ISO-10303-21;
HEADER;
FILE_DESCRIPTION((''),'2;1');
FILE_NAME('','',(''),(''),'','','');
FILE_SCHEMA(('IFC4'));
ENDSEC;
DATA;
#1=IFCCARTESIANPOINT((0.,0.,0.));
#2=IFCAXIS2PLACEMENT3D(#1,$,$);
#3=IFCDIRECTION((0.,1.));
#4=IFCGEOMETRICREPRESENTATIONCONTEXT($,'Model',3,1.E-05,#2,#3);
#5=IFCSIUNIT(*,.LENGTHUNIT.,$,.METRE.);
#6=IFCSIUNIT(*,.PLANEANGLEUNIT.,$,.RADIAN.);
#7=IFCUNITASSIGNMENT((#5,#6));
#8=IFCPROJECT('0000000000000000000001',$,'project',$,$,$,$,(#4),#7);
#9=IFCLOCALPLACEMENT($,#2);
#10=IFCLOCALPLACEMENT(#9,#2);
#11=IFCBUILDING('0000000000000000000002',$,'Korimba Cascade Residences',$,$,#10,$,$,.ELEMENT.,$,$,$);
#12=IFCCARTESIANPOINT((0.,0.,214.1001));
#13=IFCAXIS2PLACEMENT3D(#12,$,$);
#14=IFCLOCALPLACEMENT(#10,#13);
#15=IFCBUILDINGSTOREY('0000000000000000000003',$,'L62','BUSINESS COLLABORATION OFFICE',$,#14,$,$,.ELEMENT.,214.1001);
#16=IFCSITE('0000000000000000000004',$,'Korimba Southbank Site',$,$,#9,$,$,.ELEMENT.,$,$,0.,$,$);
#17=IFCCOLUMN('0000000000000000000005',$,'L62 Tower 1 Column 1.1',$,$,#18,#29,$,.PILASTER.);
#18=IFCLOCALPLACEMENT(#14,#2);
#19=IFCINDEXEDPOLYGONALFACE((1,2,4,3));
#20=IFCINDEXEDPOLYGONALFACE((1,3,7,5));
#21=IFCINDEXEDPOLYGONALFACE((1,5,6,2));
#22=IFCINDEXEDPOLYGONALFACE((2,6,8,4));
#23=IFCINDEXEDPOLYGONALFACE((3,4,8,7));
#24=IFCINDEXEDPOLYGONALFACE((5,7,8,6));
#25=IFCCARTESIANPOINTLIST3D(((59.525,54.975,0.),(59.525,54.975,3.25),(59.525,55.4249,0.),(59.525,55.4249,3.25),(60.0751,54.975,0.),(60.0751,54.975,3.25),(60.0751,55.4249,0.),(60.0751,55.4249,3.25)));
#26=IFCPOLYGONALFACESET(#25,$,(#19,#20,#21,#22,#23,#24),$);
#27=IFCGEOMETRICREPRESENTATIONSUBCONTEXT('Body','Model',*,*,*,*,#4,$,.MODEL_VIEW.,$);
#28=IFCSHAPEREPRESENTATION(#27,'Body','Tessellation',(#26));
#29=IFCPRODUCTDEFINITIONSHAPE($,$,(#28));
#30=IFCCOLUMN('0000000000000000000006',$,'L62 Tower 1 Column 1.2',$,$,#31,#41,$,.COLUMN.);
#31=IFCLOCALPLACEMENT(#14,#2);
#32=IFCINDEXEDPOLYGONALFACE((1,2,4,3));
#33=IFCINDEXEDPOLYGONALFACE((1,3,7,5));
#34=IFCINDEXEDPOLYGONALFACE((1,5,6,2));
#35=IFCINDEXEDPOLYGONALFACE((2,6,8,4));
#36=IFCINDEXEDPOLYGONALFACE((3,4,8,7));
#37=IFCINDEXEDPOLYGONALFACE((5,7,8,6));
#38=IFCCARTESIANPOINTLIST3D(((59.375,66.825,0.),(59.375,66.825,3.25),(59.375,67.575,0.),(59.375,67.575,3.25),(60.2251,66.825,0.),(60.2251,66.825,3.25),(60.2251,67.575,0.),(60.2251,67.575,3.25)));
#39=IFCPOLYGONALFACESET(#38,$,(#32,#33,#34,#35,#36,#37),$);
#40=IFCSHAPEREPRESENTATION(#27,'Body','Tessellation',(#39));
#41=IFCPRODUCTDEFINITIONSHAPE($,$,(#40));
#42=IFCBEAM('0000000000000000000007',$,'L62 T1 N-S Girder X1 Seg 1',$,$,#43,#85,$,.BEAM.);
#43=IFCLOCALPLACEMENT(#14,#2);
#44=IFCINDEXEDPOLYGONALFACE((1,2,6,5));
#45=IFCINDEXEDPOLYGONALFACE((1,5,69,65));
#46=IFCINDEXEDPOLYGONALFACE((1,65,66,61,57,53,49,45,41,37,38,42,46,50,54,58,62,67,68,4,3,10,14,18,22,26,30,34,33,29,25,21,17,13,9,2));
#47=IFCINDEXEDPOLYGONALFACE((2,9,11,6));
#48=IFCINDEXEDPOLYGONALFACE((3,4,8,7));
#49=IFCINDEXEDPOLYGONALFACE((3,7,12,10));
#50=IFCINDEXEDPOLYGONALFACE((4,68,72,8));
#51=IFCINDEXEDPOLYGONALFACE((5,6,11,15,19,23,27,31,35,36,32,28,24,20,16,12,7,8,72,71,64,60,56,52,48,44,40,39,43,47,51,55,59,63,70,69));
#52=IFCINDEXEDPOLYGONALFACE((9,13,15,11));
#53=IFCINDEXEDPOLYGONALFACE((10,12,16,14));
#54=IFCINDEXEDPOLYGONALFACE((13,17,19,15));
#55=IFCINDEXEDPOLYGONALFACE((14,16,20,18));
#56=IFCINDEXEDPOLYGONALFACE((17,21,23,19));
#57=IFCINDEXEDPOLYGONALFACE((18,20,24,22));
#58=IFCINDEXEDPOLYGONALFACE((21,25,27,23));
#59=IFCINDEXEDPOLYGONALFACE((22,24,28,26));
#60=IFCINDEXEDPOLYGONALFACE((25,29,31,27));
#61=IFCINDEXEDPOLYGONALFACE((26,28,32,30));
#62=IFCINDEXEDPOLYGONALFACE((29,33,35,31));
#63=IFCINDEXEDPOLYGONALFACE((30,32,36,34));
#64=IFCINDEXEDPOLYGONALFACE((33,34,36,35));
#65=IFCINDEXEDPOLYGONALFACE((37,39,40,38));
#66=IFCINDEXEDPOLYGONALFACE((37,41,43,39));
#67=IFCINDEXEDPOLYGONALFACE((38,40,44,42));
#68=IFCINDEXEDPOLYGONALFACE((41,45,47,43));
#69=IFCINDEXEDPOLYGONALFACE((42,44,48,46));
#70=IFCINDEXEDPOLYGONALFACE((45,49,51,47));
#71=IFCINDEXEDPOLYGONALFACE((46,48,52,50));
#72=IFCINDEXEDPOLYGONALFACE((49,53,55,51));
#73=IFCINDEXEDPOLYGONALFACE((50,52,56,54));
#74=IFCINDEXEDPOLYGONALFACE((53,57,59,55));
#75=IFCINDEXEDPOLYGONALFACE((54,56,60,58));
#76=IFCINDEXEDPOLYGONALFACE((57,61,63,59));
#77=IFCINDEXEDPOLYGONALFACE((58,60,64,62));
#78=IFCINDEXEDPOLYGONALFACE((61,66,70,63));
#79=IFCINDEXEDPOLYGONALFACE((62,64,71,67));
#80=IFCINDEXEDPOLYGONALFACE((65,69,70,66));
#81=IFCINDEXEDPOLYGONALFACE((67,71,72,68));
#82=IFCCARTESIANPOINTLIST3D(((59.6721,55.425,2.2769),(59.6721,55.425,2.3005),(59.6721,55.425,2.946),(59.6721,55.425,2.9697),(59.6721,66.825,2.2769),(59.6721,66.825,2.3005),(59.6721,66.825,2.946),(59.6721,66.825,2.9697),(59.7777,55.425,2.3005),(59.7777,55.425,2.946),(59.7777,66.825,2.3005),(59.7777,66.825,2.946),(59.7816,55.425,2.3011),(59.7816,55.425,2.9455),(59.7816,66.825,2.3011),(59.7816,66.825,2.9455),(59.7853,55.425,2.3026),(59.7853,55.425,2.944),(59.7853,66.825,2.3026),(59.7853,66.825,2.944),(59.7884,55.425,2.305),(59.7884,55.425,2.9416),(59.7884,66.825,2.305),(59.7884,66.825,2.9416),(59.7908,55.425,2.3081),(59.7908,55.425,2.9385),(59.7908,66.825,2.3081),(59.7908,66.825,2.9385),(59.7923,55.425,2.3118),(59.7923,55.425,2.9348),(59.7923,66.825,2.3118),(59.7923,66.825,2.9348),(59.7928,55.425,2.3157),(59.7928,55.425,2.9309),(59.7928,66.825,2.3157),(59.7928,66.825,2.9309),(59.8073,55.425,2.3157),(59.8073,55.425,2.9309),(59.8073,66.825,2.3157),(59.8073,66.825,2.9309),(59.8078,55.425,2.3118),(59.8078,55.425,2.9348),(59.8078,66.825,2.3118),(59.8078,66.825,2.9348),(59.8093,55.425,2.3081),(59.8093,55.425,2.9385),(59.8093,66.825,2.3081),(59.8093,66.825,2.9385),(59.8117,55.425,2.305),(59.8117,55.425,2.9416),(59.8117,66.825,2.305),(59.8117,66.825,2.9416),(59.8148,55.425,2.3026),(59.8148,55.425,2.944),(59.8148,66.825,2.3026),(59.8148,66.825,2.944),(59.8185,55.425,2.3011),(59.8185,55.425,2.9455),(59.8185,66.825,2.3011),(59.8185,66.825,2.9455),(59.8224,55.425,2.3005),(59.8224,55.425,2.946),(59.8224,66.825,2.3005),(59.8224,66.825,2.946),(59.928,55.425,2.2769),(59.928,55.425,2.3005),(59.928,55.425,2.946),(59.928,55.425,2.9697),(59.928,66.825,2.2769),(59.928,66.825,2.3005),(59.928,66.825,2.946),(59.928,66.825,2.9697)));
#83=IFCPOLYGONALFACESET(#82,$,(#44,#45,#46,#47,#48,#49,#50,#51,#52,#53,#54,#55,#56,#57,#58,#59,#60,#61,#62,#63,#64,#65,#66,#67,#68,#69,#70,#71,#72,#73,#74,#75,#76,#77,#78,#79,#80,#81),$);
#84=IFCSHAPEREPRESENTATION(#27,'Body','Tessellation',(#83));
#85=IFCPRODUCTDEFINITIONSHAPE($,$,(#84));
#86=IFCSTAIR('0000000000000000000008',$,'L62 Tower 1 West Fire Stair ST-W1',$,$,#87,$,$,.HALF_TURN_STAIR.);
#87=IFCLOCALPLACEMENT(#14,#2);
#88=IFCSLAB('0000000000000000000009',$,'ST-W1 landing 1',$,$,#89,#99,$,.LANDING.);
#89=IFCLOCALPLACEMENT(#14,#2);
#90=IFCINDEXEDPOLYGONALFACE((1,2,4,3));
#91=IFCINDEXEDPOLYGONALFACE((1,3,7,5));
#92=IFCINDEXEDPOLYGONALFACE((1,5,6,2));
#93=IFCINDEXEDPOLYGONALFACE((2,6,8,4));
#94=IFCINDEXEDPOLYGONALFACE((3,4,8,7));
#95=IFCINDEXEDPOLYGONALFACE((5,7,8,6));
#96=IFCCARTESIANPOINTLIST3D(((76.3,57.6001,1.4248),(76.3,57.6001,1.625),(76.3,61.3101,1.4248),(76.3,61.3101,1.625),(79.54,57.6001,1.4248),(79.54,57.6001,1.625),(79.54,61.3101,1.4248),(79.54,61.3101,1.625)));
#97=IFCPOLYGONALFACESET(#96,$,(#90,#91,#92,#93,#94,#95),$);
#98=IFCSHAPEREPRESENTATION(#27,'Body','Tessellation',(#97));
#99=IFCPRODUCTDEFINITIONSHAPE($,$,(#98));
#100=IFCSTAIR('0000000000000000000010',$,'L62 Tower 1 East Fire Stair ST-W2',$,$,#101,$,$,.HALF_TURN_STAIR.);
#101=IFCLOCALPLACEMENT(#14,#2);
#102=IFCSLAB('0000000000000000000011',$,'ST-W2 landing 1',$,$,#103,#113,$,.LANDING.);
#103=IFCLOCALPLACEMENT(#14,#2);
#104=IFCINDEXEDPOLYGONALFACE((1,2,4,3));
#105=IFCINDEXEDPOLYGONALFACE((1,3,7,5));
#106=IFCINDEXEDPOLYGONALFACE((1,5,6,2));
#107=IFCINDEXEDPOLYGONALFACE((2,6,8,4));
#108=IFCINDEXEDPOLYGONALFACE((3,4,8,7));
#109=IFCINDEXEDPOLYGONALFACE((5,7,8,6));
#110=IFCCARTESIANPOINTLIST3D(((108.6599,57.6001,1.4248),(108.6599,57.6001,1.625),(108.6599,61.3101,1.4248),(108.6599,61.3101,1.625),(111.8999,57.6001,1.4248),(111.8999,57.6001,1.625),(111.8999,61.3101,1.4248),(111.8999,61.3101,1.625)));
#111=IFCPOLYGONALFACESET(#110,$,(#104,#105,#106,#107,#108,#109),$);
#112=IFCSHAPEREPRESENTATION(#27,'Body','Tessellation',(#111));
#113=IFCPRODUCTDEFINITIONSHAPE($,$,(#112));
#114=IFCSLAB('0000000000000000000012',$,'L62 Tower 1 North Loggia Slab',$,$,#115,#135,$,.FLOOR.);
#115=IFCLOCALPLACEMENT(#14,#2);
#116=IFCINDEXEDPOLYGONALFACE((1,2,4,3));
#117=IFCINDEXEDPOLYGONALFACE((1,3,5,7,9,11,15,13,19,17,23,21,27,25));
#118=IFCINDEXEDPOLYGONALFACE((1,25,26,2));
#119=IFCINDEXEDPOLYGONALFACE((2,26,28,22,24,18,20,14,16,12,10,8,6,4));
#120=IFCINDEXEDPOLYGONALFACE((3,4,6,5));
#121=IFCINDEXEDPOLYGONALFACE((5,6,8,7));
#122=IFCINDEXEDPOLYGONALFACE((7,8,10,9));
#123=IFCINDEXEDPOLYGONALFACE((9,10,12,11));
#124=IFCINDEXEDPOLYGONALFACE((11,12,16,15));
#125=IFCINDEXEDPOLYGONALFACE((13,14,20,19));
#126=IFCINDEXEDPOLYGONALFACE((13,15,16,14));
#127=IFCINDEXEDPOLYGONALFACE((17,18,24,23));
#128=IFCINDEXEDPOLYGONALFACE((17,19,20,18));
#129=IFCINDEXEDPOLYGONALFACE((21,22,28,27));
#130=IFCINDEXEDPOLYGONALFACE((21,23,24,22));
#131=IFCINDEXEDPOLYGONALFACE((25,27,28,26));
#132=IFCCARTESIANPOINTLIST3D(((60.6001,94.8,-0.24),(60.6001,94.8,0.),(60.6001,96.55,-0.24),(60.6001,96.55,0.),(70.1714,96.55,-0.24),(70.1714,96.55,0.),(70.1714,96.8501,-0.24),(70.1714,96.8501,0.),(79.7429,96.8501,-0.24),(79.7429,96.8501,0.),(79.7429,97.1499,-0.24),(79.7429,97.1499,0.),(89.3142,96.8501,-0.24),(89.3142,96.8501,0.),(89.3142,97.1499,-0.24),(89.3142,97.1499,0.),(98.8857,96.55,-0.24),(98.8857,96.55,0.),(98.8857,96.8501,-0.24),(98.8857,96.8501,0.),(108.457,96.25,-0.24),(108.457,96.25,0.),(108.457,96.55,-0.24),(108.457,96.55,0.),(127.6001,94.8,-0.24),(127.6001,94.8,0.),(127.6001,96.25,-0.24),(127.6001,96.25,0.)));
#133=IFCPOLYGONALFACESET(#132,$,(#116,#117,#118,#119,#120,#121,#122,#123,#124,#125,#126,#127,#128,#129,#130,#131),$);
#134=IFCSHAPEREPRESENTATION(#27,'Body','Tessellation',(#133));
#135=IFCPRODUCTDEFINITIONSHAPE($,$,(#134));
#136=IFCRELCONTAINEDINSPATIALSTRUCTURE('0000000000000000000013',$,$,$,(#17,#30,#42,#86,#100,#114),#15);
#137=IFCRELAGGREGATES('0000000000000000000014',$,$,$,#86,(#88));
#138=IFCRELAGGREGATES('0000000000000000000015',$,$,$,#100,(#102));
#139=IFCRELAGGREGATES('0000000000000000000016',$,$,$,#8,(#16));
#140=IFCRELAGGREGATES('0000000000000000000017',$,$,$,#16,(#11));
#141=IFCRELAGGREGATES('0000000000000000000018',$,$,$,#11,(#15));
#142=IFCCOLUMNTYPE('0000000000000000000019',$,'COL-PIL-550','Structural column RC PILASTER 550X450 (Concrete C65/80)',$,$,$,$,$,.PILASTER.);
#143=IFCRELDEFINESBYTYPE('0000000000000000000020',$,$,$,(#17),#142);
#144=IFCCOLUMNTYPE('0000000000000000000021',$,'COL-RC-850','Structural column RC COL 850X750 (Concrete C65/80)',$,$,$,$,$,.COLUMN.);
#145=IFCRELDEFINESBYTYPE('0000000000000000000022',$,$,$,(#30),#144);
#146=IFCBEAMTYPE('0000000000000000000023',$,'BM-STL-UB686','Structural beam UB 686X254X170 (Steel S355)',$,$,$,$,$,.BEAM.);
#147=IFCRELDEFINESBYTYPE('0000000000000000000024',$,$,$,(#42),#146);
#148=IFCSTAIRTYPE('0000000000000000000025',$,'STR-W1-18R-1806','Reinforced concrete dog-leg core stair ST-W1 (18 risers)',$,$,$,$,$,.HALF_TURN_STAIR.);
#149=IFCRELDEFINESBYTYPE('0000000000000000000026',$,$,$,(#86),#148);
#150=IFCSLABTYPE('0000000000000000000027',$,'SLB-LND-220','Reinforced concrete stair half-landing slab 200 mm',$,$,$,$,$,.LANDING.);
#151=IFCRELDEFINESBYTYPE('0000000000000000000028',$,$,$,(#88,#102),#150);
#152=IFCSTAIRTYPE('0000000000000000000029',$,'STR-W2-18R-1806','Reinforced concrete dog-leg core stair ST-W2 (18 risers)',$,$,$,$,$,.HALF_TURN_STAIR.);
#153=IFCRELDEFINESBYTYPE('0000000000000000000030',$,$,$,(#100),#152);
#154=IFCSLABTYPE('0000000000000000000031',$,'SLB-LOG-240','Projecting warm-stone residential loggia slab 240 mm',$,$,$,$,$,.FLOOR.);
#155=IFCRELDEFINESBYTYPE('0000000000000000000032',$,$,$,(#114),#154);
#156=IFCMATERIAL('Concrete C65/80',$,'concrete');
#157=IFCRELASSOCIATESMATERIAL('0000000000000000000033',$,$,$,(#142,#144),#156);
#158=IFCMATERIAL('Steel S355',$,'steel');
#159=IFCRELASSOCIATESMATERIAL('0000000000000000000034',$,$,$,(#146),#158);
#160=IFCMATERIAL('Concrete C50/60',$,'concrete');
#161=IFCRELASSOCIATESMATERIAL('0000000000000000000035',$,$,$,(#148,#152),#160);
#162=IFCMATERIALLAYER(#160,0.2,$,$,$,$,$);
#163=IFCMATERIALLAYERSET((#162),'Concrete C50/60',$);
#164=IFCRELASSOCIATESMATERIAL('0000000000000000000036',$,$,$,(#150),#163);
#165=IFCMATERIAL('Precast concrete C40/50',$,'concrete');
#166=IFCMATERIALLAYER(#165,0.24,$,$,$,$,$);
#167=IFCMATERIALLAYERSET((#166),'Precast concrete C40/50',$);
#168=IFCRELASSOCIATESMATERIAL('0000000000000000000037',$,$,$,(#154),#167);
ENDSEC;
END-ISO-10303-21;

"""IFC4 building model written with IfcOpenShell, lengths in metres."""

from ifc_helpers import new_model, si_unit, direction, frame, origin, origin_2d, place, context, subcontext, project, spatial, polyline, rectangle, i_section, outline, extrude, material, layer, layer_set, material_profile, profile_set, type_object, element, aggregate, save


model = new_model("IFC4")

# Units and contexts
model_context = context("Model", 3, precision=1e-05, world=origin(), true_north=direction((0.0, 1.0)))
body_context = subcontext(model_context, "Body", "Model", "MODEL_VIEW")
ifc_project = project(units=[si_unit("LENGTHUNIT", "METRE"), si_unit("PLANEANGLEUNIT", "RADIAN")], contexts=[model_context])

# Site, building, storey
site_placement = place(None, origin())
site = spatial("IfcSite", under=ifc_project, at=site_placement, Name="Korimba Southbank Site", CompositionType="ELEMENT", RefElevation=0.0)
building_placement = place(site_placement, origin())
building = spatial("IfcBuilding", under=site, at=building_placement, Name="Korimba Cascade Residences", CompositionType="ELEMENT")
storey_placement = place(building_placement, frame((0.0, 0.0, 214.1001)))
storey = spatial("IfcBuildingStorey", under=building, at=storey_placement, Name="L62", Description="BUSINESS COLLABORATION OFFICE", CompositionType="ELEMENT", Elevation=214.1001)

# Columns
ifc_material_1 = material(Name="Concrete C65/80", Category="concrete")
ifc_material_profile_1 = material_profile(ifc_material_1, rectangle(XDim=0.55, YDim=0.45, at=origin_2d()), Name="Concrete C65/80")
ifc_profile_set_1 = profile_set([ifc_material_profile_1], Name="Concrete C65/80")
column_type_1 = type_object("IfcColumnType", Name="COL-PIL-550", Description="Structural column RC PILASTER 550X450 (Concrete C65/80)", PredefinedType="PILASTER", material=ifc_profile_set_1)
column_1_placement = place(storey_placement, frame((59.8, 55.2, 0.0), z_axis=(0.0, 0.0, 1.0), x_axis=(1.0, 0.0, 0.0)))
element("IfcColumn", 1, at=column_1_placement, inside=storey, type_object=column_type_1, Name="L62 Tower 1 Column 1.1", PredefinedType="PILASTER", context=body_context, shape_type="SweptSolid", body=[
    extrude(rectangle(XDim=0.55, YDim=0.45, at=origin_2d()), origin(), (0.0, 0.0, 1.0), 3.25),
])
ifc_material_profile_2 = material_profile(ifc_material_1, rectangle(XDim=0.8501, YDim=0.75, at=origin_2d()), Name="Concrete C65/80")
ifc_profile_set_2 = profile_set([ifc_material_profile_2], Name="Concrete C65/80")
column_type_2 = type_object("IfcColumnType", Name="COL-RC-850", Description="Structural column RC COL 850X750 (Concrete C65/80)", PredefinedType="COLUMN", material=ifc_profile_set_2)
column_2_placement = place(storey_placement, frame((59.8, 67.2, 0.0), z_axis=(0.0, 0.0, 1.0), x_axis=(1.0, 0.0, 0.0)))
element("IfcColumn", 2, at=column_2_placement, inside=storey, type_object=column_type_2, Name="L62 Tower 1 Column 1.2", PredefinedType="COLUMN", context=body_context, shape_type="SweptSolid", body=[
    extrude(rectangle(XDim=0.8501, YDim=0.75, at=origin_2d()), origin(), (0.0, 0.0, 1.0), 3.25),
])

# Beam
ifc_material_2 = material(Name="Steel S355", Category="steel")
ifc_material_profile_3 = material_profile(ifc_material_2, i_section(OverallWidth=0.2559, OverallDepth=0.6929, WebThickness=0.0144, FlangeThickness=0.0237, FilletRadius=0.0151, at=origin_2d()), Name="Steel S355")
ifc_profile_set_3 = profile_set([ifc_material_profile_3], Name="Steel S355")
beam_type = type_object("IfcBeamType", Name="BM-STL-UB686", Description="Structural beam UB 686X254X170 (Steel S355)", PredefinedType="BEAM", material=ifc_profile_set_3)
beam_placement = place(storey_placement, frame((59.8, 55.425, 2.6233), z_axis=(0.0, 1.0, 0.0), x_axis=(-1.0, 0.0, 0.0)))
element("IfcBeam", 3, at=beam_placement, inside=storey, type_object=beam_type, Name="L62 T1 N-S Girder X1 Seg 1", PredefinedType="BEAM", context=body_context, shape_type="SweptSolid", body=[
    extrude(i_section(OverallWidth=0.2559, OverallDepth=0.6929, WebThickness=0.0144, FlangeThickness=0.0237, FilletRadius=0.0151, at=origin_2d()), origin(), (0.0, 0.0, 1.0), 11.3999),
])

# Stairs, slabs
ifc_material_3 = material(Name="Concrete C50/60", Category="concrete")
stair_type_1 = type_object("IfcStairType", Name="STR-W1-18R-1806", Description="Reinforced concrete dog-leg core stair ST-W1 (18 risers)", PredefinedType="HALF_TURN_STAIR", material=ifc_material_3)
stair_1_placement = place(storey_placement, origin())
stair_1 = element("IfcStair", 4, at=stair_1_placement, inside=storey, type_object=stair_type_1, Name="L62 Tower 1 West Fire Stair ST-W1", PredefinedType="HALF_TURN_STAIR")
ifc_layer_1 = layer(ifc_material_3, 0.2)
ifc_layer_set_1 = layer_set([ifc_layer_1], Name="Concrete C50/60")
slab_type_1 = type_object("IfcSlabType", Name="SLB-LND-220", Description="Reinforced concrete stair half-landing slab 200 mm", PredefinedType="LANDING", material=ifc_layer_set_1)
slab_1_placement = place(storey_placement, frame((0.0, 0.0, 1.4248)))
slab_1 = element("IfcSlab", 5, at=slab_1_placement, type_object=slab_type_1, Name="ST-W1 landing 1", PredefinedType="LANDING", context=body_context, shape_type="SweptSolid", body=[
    extrude(outline(polyline([(76.3, 61.3101), (76.3, 57.6001), (79.54, 57.6001), (79.54, 61.3101), (76.3, 61.3101)])), origin(), (0.0, 0.0, 1.0), 0.2002),
])
aggregate(stair_1, [slab_1])
stair_type_2 = type_object("IfcStairType", Name="STR-W2-18R-1806", Description="Reinforced concrete dog-leg core stair ST-W2 (18 risers)", PredefinedType="HALF_TURN_STAIR", material=ifc_material_3)
stair_2_placement = place(storey_placement, origin())
stair_2 = element("IfcStair", 6, at=stair_2_placement, inside=storey, type_object=stair_type_2, Name="L62 Tower 1 East Fire Stair ST-W2", PredefinedType="HALF_TURN_STAIR")
slab_2_placement = place(storey_placement, frame((0.0, 0.0, 1.4248)))
slab_2 = element("IfcSlab", 7, at=slab_2_placement, type_object=slab_type_1, Name="ST-W2 landing 1", PredefinedType="LANDING", context=body_context, shape_type="SweptSolid", body=[
    extrude(outline(polyline([(108.6599, 61.3101), (108.6599, 57.6001), (111.8999, 57.6001), (111.8999, 61.3101), (108.6599, 61.3101)])), origin(), (0.0, 0.0, 1.0), 0.2002),
])
aggregate(stair_2, [slab_2])

# Slab
ifc_material_4 = material(Name="Precast concrete C40/50", Category="concrete")
ifc_layer_2 = layer(ifc_material_4, 0.24)
ifc_layer_set_2 = layer_set([ifc_layer_2], Name="Precast concrete C40/50")
slab_type_2 = type_object("IfcSlabType", Name="SLB-LOG-240", Description="Projecting warm-stone residential loggia slab 240 mm", PredefinedType="FLOOR", material=ifc_layer_set_2)
slab_3_placement = place(storey_placement, frame((0.0, 0.0, -0.24)))
element("IfcSlab", 8, at=slab_3_placement, inside=storey, type_object=slab_type_2, Name="L62 Tower 1 North Loggia Slab", PredefinedType="FLOOR", context=body_context, shape_type="SweptSolid", body=[
    extrude(outline(polyline([(60.6001, 94.8), (127.6001, 94.8), (127.6001, 96.25), (108.457, 96.25), (108.457, 96.55), (98.8857, 96.55), (98.8857, 96.8501), (89.3142, 96.8501), (89.3142, 97.1499), (79.7429, 97.1499), (79.7429, 96.8501), (70.1714, 96.8501), (70.1714, 96.55), (60.6001, 96.55), (60.6001, 94.8)])), origin(), (0.0, 0.0, 1.0), 0.24),
])

save(model, "model.ifc")
